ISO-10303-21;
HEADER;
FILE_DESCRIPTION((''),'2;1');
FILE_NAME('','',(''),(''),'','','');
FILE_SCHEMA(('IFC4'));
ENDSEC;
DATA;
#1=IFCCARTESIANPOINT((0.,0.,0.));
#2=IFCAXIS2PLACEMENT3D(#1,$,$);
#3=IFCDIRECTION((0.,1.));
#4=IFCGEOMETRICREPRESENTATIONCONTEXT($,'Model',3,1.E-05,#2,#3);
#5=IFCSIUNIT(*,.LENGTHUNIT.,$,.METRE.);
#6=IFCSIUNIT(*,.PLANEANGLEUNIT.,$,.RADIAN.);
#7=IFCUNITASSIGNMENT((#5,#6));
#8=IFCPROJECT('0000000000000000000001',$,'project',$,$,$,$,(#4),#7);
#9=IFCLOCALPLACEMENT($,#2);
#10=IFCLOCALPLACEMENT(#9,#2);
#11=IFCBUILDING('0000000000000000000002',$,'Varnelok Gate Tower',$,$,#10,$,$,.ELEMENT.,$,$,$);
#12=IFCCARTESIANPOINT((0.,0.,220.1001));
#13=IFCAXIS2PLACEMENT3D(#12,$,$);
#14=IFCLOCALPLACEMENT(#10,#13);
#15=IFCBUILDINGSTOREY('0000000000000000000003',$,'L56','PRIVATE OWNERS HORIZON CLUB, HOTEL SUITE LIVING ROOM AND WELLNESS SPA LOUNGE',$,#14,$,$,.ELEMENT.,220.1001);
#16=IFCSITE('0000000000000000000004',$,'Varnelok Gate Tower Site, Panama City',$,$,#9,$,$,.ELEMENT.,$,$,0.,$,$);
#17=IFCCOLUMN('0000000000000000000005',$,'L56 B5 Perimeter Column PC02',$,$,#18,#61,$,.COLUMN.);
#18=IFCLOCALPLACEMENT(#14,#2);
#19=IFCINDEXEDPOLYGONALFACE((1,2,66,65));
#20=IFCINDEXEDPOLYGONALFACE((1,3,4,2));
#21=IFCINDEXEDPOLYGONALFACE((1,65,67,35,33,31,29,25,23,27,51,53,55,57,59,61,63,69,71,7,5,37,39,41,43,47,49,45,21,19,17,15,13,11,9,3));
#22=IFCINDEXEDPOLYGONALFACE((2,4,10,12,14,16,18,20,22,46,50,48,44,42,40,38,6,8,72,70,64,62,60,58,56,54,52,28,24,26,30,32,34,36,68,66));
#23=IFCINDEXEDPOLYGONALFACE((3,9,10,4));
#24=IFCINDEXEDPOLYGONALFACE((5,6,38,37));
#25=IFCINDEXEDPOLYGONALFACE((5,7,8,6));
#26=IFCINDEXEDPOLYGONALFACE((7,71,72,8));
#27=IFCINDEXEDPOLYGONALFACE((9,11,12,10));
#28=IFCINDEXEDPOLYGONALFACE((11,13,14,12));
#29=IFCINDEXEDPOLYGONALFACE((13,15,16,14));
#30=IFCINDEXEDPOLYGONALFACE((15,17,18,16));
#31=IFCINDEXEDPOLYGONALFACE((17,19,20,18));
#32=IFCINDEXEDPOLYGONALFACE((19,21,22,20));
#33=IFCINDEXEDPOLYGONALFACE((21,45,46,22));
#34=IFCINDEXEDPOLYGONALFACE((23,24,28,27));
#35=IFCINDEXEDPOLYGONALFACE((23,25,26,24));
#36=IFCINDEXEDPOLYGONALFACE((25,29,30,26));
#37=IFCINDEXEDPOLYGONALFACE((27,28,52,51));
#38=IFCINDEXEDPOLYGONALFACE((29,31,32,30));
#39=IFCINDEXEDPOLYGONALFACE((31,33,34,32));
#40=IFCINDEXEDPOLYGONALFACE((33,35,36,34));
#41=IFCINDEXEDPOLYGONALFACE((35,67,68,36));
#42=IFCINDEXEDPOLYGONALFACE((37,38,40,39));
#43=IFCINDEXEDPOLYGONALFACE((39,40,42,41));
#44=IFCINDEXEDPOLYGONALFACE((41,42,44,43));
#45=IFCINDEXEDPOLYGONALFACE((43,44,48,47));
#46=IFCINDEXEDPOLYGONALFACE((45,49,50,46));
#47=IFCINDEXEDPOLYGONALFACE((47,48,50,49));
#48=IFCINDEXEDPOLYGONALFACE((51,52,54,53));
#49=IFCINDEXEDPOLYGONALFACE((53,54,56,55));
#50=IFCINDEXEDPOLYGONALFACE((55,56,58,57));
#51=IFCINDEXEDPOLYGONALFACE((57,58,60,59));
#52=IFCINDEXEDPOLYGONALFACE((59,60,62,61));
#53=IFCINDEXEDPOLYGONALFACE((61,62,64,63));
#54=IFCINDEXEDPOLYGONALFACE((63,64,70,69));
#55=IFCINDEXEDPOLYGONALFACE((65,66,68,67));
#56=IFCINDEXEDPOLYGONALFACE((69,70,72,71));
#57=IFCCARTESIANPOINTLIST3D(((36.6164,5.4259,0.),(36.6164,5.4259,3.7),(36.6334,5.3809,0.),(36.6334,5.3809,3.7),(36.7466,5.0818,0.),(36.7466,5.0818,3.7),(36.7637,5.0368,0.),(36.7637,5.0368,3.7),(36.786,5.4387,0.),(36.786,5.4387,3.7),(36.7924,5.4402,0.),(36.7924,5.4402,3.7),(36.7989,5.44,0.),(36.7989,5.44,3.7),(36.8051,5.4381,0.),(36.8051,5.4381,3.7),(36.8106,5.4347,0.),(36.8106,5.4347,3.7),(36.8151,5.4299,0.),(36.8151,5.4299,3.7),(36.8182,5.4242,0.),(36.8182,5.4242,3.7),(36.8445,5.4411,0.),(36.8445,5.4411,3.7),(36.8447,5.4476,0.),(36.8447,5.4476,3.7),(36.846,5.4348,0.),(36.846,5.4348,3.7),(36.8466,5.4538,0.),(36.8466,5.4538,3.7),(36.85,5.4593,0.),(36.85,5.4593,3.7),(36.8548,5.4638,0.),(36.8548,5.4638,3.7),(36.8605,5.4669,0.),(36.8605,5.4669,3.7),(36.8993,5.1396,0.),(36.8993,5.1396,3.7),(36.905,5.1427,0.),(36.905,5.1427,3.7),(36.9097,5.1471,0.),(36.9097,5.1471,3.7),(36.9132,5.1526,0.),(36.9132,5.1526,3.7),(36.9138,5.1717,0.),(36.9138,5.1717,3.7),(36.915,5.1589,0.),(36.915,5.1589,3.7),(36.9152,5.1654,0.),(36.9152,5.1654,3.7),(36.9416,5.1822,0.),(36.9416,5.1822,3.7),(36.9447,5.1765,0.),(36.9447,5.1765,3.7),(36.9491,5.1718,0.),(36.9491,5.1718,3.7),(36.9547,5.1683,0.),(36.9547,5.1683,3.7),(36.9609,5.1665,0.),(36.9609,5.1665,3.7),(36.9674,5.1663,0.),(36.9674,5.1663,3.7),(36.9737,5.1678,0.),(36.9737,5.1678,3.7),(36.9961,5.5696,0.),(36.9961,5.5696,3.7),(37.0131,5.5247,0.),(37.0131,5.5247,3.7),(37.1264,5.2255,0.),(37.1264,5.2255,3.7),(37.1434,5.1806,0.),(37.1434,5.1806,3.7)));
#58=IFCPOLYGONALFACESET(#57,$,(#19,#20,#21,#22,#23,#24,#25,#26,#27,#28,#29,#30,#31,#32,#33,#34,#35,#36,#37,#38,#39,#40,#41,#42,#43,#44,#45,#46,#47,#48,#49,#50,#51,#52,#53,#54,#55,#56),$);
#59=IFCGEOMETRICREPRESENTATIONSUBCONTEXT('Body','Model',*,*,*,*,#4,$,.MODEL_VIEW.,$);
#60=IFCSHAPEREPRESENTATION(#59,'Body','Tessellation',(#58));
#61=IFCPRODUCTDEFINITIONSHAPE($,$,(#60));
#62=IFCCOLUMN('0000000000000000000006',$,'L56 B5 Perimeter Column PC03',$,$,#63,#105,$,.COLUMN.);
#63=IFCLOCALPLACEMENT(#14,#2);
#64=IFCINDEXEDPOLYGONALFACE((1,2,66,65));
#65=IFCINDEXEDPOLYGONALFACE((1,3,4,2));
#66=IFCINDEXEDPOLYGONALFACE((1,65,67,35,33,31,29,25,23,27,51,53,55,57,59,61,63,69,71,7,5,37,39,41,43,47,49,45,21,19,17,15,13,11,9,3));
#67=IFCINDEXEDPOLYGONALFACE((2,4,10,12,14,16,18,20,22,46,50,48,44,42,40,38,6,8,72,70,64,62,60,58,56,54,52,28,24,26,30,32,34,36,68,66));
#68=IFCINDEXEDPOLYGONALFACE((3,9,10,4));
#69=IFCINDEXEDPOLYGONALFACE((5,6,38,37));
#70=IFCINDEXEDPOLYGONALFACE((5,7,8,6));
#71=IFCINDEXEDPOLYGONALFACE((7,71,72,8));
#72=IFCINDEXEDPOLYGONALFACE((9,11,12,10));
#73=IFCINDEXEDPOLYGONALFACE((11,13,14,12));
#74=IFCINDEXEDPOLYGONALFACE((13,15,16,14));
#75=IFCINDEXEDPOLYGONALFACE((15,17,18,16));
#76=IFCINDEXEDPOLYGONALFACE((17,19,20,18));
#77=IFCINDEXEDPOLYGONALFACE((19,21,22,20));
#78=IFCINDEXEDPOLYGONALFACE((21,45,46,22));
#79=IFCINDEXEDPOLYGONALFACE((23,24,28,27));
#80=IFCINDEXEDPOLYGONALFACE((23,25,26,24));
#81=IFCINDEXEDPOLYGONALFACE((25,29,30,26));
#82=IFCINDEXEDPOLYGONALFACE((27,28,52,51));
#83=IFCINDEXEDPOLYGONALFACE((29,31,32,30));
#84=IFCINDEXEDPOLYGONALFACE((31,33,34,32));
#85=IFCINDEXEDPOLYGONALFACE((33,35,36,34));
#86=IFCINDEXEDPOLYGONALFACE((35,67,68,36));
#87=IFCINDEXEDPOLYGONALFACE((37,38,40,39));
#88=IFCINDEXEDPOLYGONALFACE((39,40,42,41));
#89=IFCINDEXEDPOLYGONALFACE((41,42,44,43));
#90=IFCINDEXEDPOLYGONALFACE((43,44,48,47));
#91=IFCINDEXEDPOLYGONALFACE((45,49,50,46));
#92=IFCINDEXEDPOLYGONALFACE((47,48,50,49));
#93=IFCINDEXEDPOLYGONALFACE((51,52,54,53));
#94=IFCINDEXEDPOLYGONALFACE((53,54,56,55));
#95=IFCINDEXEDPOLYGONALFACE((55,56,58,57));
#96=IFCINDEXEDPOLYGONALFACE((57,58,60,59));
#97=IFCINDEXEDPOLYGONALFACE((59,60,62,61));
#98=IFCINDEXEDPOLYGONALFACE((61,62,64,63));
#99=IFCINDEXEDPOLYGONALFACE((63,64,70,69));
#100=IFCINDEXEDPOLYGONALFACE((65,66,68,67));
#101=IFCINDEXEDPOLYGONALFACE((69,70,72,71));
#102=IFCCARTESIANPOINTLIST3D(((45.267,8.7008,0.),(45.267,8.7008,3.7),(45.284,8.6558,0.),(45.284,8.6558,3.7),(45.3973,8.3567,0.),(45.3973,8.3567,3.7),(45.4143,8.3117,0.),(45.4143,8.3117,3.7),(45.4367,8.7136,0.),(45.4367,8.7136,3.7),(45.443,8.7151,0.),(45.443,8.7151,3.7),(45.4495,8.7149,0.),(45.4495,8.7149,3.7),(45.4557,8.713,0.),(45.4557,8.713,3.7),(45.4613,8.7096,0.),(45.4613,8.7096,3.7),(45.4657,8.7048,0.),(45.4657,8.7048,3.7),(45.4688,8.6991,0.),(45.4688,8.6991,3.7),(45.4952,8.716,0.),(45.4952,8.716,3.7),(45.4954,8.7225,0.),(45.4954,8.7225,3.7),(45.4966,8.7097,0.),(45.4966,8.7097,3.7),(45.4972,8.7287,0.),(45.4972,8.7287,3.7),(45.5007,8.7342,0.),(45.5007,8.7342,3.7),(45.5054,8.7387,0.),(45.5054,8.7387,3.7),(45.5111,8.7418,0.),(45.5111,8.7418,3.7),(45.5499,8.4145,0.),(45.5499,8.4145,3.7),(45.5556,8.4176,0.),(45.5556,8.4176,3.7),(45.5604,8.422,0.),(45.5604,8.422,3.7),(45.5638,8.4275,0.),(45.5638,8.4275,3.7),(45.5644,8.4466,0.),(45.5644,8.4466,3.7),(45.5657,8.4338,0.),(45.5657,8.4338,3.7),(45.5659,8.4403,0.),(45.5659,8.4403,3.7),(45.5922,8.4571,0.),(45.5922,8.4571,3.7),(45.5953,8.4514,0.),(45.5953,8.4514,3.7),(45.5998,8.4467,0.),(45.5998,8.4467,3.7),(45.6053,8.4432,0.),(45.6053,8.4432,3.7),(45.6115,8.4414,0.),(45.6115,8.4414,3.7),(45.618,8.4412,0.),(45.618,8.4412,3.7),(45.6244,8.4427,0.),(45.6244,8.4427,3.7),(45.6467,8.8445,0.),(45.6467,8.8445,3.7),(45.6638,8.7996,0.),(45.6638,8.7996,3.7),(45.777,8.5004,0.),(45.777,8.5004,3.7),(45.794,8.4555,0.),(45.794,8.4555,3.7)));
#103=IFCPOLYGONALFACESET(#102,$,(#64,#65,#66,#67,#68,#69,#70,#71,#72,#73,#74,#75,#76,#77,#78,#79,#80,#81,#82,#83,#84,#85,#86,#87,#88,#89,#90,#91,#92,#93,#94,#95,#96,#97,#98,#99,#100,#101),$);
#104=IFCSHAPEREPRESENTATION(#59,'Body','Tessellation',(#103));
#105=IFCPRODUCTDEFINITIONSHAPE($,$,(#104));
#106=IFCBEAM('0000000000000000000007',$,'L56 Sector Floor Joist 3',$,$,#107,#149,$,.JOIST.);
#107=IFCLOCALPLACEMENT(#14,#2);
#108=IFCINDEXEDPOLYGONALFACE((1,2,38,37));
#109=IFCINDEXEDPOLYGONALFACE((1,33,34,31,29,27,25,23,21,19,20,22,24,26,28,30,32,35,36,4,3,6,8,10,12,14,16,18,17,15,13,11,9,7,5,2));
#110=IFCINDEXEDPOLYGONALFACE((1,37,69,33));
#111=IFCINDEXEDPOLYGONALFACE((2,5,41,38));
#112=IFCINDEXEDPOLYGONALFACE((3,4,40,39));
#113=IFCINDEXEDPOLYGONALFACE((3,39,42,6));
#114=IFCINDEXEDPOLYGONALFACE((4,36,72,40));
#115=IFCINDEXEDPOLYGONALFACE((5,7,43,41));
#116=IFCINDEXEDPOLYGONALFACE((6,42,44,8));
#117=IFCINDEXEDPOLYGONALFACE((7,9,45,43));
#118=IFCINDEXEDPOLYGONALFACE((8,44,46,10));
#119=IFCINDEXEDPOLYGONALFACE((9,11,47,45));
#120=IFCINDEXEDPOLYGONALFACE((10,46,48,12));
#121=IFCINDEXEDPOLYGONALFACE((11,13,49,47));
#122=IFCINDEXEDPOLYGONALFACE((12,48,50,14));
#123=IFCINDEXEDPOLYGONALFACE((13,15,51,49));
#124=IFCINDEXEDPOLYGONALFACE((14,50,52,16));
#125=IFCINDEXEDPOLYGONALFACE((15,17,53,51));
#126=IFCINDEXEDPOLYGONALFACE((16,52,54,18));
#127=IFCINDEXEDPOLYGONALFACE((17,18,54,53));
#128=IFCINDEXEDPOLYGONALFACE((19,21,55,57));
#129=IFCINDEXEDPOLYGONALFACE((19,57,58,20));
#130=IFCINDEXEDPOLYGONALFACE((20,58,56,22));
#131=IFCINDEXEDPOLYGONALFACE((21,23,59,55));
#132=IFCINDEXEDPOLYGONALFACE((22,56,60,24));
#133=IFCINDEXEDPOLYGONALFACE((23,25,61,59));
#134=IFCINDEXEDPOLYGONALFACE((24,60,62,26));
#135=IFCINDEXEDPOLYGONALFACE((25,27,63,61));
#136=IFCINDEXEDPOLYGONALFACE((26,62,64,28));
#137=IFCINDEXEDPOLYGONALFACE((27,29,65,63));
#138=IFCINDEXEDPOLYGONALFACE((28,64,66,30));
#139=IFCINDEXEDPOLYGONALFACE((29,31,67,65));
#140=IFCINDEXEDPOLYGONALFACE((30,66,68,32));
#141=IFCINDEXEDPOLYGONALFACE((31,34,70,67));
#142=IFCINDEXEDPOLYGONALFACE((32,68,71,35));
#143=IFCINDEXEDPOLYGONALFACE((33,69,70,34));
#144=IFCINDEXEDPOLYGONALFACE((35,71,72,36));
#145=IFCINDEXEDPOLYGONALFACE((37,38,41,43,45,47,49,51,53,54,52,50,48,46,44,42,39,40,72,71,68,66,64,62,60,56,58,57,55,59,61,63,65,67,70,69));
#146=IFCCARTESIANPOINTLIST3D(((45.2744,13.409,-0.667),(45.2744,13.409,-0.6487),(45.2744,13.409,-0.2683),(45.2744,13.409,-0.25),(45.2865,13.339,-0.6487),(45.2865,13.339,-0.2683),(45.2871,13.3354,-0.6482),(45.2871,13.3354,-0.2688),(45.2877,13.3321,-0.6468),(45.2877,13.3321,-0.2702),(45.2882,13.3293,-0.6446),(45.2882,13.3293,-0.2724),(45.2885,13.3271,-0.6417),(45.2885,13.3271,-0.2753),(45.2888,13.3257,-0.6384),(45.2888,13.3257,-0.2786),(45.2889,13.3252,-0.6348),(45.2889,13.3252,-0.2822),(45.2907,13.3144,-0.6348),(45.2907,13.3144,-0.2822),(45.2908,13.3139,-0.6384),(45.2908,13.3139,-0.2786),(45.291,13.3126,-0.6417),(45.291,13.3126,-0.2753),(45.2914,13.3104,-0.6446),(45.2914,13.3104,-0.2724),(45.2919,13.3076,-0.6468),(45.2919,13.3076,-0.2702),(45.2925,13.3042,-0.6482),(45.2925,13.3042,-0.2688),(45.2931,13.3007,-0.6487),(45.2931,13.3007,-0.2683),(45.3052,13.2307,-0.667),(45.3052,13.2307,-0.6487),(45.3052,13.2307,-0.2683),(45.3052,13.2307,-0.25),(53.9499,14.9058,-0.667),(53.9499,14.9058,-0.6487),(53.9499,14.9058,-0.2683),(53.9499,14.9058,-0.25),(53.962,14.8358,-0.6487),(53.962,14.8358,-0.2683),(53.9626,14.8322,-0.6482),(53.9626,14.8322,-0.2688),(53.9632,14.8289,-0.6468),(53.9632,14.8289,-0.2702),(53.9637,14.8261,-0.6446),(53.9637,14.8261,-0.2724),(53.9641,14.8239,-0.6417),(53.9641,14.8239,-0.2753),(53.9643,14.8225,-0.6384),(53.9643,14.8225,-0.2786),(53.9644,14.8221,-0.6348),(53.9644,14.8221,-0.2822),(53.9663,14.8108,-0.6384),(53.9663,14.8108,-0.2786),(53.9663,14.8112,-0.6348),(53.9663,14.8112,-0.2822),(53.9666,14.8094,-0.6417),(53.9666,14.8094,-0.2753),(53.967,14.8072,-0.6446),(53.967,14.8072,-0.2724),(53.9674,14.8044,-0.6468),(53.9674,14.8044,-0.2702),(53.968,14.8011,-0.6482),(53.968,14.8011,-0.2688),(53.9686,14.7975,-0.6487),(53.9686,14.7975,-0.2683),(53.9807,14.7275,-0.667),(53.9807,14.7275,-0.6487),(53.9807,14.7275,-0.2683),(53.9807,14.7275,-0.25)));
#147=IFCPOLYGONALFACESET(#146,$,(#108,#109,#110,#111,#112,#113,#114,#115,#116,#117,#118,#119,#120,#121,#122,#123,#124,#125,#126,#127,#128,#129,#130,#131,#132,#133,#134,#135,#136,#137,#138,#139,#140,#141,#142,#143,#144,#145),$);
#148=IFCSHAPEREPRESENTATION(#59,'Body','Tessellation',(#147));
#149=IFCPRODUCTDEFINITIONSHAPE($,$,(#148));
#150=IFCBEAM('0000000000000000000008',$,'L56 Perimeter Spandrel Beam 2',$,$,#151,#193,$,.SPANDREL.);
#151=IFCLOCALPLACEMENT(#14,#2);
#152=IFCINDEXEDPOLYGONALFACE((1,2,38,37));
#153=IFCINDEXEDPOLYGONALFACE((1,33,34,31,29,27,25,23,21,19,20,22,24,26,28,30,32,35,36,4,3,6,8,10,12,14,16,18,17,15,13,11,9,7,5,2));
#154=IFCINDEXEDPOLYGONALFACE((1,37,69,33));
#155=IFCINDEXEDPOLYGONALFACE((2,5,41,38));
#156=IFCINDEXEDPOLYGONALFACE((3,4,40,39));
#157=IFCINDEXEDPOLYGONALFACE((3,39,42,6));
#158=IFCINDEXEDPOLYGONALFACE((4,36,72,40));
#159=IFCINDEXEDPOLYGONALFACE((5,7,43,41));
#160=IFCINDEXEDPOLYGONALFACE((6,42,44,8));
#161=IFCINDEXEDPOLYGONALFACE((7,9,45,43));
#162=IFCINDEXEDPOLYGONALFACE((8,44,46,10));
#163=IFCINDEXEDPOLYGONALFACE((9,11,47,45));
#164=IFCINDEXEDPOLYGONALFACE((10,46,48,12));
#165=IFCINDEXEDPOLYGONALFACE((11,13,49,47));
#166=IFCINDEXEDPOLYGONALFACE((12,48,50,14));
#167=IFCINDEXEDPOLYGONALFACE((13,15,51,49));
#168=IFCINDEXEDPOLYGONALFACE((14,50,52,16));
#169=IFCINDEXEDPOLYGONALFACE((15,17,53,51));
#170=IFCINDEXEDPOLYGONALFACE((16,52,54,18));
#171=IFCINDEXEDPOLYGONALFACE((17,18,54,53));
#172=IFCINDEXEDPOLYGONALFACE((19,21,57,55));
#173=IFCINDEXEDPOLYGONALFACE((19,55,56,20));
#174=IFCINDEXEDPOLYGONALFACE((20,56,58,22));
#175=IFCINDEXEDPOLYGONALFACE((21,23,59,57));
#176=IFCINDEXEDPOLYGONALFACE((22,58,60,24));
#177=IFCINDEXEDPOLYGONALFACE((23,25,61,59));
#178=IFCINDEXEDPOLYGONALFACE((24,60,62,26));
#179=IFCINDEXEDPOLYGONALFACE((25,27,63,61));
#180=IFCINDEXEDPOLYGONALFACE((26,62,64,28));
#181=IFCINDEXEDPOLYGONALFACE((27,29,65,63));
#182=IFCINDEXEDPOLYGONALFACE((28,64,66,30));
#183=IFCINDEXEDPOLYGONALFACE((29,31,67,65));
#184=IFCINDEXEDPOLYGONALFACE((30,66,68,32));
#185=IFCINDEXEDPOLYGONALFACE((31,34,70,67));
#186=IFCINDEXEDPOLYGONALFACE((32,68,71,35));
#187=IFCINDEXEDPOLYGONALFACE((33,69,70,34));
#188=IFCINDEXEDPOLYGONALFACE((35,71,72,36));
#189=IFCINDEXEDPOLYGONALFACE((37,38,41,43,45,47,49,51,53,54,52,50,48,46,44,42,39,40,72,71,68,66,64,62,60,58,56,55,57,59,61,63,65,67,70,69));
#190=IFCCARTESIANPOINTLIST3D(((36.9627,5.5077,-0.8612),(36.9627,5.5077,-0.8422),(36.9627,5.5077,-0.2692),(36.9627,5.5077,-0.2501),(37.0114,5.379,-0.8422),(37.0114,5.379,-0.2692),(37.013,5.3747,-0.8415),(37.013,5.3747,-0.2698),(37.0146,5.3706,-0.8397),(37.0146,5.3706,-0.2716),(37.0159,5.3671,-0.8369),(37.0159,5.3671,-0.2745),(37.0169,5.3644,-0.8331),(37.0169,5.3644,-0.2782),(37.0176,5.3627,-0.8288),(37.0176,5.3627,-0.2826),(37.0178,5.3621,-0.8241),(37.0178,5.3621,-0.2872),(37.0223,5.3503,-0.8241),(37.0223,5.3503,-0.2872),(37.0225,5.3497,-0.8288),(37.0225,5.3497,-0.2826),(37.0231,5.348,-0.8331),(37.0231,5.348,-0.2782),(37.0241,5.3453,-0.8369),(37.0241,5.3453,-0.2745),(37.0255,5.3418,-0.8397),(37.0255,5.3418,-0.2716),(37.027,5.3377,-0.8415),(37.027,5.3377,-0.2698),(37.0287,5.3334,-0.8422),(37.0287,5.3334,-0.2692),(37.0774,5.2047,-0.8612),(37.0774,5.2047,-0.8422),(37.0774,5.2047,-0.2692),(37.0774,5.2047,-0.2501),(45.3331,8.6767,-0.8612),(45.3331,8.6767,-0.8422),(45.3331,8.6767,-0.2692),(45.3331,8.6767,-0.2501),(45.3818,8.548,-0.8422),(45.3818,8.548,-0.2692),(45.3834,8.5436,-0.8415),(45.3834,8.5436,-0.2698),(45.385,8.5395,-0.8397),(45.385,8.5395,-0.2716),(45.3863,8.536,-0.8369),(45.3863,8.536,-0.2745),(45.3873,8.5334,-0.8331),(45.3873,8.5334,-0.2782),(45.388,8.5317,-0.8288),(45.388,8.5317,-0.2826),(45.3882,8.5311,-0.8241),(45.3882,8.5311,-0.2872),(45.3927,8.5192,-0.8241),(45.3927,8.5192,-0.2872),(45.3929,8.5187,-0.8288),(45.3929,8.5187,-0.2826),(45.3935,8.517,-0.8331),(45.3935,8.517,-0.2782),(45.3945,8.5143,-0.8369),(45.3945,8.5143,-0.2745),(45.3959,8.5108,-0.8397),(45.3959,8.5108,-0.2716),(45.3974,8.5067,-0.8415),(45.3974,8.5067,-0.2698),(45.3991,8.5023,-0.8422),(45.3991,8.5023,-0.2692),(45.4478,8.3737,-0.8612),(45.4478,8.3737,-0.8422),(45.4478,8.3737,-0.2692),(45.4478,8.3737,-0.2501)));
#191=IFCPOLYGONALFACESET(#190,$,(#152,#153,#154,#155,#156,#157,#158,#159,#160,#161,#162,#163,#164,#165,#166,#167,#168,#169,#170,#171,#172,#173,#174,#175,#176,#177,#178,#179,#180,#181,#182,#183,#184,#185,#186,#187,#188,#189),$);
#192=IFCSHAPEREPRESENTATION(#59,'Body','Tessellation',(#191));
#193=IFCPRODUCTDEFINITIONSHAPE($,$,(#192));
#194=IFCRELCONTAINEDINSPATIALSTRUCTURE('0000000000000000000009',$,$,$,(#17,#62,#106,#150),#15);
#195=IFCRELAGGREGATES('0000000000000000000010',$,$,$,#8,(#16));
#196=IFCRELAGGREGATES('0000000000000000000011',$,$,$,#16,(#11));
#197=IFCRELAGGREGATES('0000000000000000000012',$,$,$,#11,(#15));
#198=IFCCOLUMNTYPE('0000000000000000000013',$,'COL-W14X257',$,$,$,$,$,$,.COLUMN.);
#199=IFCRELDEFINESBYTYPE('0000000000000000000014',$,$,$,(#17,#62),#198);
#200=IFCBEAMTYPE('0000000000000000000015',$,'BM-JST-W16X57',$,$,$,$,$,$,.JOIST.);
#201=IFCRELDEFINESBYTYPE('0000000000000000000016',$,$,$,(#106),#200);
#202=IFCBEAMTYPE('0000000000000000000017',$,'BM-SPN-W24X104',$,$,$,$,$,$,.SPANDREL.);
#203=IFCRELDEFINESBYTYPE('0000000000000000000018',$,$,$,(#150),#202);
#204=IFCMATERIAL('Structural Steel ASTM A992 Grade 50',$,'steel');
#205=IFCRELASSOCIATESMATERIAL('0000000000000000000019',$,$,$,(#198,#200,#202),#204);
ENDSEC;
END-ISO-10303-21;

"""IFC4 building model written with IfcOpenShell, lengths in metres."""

from ifc_helpers import new_model, si_unit, direction, frame, origin, origin_2d, place, context, subcontext, project, spatial, i_section, extrude, material, material_profile, profile_set, type_object, element, save


model = new_model("IFC4")

# Units and contexts
model_context = context("Model", 3, precision=1e-05, world=origin(), true_north=direction((0.0, 1.0)))
body_context = subcontext(model_context, "Body", "Model", "MODEL_VIEW")
ifc_project = project(units=[si_unit("LENGTHUNIT", "METRE"), si_unit("PLANEANGLEUNIT", "RADIAN")], contexts=[model_context])

# Site, building, storey
site_placement = place(None, origin())
site = spatial("IfcSite", under=ifc_project, at=site_placement, Name="Varnelok Gate Tower Site, Panama City", CompositionType="ELEMENT", RefElevation=0.0)
building_placement = place(site_placement, origin())
building = spatial("IfcBuilding", under=site, at=building_placement, Name="Varnelok Gate Tower", CompositionType="ELEMENT")
storey_placement = place(building_placement, frame((0.0, 0.0, 220.1001)))
storey = spatial("IfcBuildingStorey", under=building, at=storey_placement, Name="L56", Description="PRIVATE OWNERS HORIZON CLUB, HOTEL SUITE LIVING ROOM AND WELLNESS SPA LOUNGE", CompositionType="ELEMENT", Elevation=220.1001)

# Columns
ifc_material_1 = material(Name="Structural Steel ASTM A992 Grade 50", Category="steel")
ifc_material_profile_1 = material_profile(ifc_material_1, i_section(OverallWidth=0.406, OverallDepth=0.416, WebThickness=0.0298, FlangeThickness=0.0481, FilletRadius=0.0249, at=origin_2d()), Name="W14X257")
ifc_profile_set_1 = profile_set([ifc_material_profile_1], Name="Structural Steel ASTM A992 Grade 50")
column_type = type_object("IfcColumnType", Name="COL-W14X257", PredefinedType="COLUMN", material=ifc_profile_set_1)
for number, where, z_axis, x_axis, name in (
    (1, (36.8799, 5.3032, 0.0), (0.0, 0.0, 1.0), (0.935222, 0.354063, 0.0), "L56 B5 Perimeter Column PC02"),
    (2, (45.5305, 8.5781, 0.0), (0.0, 0.0, 1.0), (0.935222, 0.354063, 0.0), "L56 B5 Perimeter Column PC03"),
):
    element("IfcColumn", number, at=place(storey_placement, frame(where, z_axis=z_axis, x_axis=x_axis)), inside=storey, type_object=column_type, Name=name, PredefinedType="COLUMN", context=body_context, shape_type="SweptSolid", body=[
        extrude(i_section(OverallWidth=0.406, OverallDepth=0.416, WebThickness=0.0298, FlangeThickness=0.0481, FilletRadius=0.0249, at=origin_2d()), origin(), (0.0, 0.0, 1.0), 3.7),
    ])

# Beams
ifc_material_profile_2 = material_profile(ifc_material_1, i_section(OverallWidth=0.1809, OverallDepth=0.417, WebThickness=0.011, FlangeThickness=0.0183, FilletRadius=0.0139, at=origin_2d()), Name="W16X57")
ifc_profile_set_2 = profile_set([ifc_material_profile_2], Name="Structural Steel ASTM A992 Grade 50")
beam_type_1 = type_object("IfcBeamType", Name="BM-JST-W16X57", PredefinedType="JOIST", material=ifc_profile_set_2)
beam_1_placement = place(storey_placement, frame((45.2898, 13.3198, -0.4585), z_axis=(0.98544, 0.170022, 0.0), x_axis=(-0.170022, 0.98544, 0.0)))
element("IfcBeam", 3, at=beam_1_placement, inside=storey, type_object=beam_type_1, Name="L56 Sector Floor Joist 3", PredefinedType="JOIST", context=body_context, shape_type="SweptSolid", body=[
    extrude(i_section(OverallWidth=0.1809, OverallDepth=0.417, WebThickness=0.011, FlangeThickness=0.0183, FilletRadius=0.0139, at=origin_2d()), origin(), (0.0, 0.0, 1.0), 8.8037),
])
ifc_material_profile_3 = material_profile(ifc_material_1, i_section(OverallWidth=0.324, OverallDepth=0.6111, WebThickness=0.0127, FlangeThickness=0.019, FilletRadius=0.0181, at=origin_2d()), Name="W24X104")
ifc_profile_set_3 = profile_set([ifc_material_profile_3], Name="Structural Steel ASTM A992 Grade 50")
beam_type_2 = type_object("IfcBeamType", Name="BM-SPN-W24X104", PredefinedType="SPANDREL", material=ifc_profile_set_3)
beam_2_placement = place(storey_placement, frame((37.02, 5.3562, -0.5557), z_axis=(0.93522, 0.354066, 0.0), x_axis=(-0.354066, 0.93522, 0.0)))
element("IfcBeam", 4, at=beam_2_placement, inside=storey, type_object=beam_type_2, Name="L56 Perimeter Spandrel Beam 2", PredefinedType="SPANDREL", context=body_context, shape_type="SweptSolid", body=[
    extrude(i_section(OverallWidth=0.324, OverallDepth=0.6111, WebThickness=0.0127, FlangeThickness=0.019, FilletRadius=0.0181, at=origin_2d()), origin(), (0.0, 0.0, 1.0), 8.9502),
])

save(model, "model.ifc")
